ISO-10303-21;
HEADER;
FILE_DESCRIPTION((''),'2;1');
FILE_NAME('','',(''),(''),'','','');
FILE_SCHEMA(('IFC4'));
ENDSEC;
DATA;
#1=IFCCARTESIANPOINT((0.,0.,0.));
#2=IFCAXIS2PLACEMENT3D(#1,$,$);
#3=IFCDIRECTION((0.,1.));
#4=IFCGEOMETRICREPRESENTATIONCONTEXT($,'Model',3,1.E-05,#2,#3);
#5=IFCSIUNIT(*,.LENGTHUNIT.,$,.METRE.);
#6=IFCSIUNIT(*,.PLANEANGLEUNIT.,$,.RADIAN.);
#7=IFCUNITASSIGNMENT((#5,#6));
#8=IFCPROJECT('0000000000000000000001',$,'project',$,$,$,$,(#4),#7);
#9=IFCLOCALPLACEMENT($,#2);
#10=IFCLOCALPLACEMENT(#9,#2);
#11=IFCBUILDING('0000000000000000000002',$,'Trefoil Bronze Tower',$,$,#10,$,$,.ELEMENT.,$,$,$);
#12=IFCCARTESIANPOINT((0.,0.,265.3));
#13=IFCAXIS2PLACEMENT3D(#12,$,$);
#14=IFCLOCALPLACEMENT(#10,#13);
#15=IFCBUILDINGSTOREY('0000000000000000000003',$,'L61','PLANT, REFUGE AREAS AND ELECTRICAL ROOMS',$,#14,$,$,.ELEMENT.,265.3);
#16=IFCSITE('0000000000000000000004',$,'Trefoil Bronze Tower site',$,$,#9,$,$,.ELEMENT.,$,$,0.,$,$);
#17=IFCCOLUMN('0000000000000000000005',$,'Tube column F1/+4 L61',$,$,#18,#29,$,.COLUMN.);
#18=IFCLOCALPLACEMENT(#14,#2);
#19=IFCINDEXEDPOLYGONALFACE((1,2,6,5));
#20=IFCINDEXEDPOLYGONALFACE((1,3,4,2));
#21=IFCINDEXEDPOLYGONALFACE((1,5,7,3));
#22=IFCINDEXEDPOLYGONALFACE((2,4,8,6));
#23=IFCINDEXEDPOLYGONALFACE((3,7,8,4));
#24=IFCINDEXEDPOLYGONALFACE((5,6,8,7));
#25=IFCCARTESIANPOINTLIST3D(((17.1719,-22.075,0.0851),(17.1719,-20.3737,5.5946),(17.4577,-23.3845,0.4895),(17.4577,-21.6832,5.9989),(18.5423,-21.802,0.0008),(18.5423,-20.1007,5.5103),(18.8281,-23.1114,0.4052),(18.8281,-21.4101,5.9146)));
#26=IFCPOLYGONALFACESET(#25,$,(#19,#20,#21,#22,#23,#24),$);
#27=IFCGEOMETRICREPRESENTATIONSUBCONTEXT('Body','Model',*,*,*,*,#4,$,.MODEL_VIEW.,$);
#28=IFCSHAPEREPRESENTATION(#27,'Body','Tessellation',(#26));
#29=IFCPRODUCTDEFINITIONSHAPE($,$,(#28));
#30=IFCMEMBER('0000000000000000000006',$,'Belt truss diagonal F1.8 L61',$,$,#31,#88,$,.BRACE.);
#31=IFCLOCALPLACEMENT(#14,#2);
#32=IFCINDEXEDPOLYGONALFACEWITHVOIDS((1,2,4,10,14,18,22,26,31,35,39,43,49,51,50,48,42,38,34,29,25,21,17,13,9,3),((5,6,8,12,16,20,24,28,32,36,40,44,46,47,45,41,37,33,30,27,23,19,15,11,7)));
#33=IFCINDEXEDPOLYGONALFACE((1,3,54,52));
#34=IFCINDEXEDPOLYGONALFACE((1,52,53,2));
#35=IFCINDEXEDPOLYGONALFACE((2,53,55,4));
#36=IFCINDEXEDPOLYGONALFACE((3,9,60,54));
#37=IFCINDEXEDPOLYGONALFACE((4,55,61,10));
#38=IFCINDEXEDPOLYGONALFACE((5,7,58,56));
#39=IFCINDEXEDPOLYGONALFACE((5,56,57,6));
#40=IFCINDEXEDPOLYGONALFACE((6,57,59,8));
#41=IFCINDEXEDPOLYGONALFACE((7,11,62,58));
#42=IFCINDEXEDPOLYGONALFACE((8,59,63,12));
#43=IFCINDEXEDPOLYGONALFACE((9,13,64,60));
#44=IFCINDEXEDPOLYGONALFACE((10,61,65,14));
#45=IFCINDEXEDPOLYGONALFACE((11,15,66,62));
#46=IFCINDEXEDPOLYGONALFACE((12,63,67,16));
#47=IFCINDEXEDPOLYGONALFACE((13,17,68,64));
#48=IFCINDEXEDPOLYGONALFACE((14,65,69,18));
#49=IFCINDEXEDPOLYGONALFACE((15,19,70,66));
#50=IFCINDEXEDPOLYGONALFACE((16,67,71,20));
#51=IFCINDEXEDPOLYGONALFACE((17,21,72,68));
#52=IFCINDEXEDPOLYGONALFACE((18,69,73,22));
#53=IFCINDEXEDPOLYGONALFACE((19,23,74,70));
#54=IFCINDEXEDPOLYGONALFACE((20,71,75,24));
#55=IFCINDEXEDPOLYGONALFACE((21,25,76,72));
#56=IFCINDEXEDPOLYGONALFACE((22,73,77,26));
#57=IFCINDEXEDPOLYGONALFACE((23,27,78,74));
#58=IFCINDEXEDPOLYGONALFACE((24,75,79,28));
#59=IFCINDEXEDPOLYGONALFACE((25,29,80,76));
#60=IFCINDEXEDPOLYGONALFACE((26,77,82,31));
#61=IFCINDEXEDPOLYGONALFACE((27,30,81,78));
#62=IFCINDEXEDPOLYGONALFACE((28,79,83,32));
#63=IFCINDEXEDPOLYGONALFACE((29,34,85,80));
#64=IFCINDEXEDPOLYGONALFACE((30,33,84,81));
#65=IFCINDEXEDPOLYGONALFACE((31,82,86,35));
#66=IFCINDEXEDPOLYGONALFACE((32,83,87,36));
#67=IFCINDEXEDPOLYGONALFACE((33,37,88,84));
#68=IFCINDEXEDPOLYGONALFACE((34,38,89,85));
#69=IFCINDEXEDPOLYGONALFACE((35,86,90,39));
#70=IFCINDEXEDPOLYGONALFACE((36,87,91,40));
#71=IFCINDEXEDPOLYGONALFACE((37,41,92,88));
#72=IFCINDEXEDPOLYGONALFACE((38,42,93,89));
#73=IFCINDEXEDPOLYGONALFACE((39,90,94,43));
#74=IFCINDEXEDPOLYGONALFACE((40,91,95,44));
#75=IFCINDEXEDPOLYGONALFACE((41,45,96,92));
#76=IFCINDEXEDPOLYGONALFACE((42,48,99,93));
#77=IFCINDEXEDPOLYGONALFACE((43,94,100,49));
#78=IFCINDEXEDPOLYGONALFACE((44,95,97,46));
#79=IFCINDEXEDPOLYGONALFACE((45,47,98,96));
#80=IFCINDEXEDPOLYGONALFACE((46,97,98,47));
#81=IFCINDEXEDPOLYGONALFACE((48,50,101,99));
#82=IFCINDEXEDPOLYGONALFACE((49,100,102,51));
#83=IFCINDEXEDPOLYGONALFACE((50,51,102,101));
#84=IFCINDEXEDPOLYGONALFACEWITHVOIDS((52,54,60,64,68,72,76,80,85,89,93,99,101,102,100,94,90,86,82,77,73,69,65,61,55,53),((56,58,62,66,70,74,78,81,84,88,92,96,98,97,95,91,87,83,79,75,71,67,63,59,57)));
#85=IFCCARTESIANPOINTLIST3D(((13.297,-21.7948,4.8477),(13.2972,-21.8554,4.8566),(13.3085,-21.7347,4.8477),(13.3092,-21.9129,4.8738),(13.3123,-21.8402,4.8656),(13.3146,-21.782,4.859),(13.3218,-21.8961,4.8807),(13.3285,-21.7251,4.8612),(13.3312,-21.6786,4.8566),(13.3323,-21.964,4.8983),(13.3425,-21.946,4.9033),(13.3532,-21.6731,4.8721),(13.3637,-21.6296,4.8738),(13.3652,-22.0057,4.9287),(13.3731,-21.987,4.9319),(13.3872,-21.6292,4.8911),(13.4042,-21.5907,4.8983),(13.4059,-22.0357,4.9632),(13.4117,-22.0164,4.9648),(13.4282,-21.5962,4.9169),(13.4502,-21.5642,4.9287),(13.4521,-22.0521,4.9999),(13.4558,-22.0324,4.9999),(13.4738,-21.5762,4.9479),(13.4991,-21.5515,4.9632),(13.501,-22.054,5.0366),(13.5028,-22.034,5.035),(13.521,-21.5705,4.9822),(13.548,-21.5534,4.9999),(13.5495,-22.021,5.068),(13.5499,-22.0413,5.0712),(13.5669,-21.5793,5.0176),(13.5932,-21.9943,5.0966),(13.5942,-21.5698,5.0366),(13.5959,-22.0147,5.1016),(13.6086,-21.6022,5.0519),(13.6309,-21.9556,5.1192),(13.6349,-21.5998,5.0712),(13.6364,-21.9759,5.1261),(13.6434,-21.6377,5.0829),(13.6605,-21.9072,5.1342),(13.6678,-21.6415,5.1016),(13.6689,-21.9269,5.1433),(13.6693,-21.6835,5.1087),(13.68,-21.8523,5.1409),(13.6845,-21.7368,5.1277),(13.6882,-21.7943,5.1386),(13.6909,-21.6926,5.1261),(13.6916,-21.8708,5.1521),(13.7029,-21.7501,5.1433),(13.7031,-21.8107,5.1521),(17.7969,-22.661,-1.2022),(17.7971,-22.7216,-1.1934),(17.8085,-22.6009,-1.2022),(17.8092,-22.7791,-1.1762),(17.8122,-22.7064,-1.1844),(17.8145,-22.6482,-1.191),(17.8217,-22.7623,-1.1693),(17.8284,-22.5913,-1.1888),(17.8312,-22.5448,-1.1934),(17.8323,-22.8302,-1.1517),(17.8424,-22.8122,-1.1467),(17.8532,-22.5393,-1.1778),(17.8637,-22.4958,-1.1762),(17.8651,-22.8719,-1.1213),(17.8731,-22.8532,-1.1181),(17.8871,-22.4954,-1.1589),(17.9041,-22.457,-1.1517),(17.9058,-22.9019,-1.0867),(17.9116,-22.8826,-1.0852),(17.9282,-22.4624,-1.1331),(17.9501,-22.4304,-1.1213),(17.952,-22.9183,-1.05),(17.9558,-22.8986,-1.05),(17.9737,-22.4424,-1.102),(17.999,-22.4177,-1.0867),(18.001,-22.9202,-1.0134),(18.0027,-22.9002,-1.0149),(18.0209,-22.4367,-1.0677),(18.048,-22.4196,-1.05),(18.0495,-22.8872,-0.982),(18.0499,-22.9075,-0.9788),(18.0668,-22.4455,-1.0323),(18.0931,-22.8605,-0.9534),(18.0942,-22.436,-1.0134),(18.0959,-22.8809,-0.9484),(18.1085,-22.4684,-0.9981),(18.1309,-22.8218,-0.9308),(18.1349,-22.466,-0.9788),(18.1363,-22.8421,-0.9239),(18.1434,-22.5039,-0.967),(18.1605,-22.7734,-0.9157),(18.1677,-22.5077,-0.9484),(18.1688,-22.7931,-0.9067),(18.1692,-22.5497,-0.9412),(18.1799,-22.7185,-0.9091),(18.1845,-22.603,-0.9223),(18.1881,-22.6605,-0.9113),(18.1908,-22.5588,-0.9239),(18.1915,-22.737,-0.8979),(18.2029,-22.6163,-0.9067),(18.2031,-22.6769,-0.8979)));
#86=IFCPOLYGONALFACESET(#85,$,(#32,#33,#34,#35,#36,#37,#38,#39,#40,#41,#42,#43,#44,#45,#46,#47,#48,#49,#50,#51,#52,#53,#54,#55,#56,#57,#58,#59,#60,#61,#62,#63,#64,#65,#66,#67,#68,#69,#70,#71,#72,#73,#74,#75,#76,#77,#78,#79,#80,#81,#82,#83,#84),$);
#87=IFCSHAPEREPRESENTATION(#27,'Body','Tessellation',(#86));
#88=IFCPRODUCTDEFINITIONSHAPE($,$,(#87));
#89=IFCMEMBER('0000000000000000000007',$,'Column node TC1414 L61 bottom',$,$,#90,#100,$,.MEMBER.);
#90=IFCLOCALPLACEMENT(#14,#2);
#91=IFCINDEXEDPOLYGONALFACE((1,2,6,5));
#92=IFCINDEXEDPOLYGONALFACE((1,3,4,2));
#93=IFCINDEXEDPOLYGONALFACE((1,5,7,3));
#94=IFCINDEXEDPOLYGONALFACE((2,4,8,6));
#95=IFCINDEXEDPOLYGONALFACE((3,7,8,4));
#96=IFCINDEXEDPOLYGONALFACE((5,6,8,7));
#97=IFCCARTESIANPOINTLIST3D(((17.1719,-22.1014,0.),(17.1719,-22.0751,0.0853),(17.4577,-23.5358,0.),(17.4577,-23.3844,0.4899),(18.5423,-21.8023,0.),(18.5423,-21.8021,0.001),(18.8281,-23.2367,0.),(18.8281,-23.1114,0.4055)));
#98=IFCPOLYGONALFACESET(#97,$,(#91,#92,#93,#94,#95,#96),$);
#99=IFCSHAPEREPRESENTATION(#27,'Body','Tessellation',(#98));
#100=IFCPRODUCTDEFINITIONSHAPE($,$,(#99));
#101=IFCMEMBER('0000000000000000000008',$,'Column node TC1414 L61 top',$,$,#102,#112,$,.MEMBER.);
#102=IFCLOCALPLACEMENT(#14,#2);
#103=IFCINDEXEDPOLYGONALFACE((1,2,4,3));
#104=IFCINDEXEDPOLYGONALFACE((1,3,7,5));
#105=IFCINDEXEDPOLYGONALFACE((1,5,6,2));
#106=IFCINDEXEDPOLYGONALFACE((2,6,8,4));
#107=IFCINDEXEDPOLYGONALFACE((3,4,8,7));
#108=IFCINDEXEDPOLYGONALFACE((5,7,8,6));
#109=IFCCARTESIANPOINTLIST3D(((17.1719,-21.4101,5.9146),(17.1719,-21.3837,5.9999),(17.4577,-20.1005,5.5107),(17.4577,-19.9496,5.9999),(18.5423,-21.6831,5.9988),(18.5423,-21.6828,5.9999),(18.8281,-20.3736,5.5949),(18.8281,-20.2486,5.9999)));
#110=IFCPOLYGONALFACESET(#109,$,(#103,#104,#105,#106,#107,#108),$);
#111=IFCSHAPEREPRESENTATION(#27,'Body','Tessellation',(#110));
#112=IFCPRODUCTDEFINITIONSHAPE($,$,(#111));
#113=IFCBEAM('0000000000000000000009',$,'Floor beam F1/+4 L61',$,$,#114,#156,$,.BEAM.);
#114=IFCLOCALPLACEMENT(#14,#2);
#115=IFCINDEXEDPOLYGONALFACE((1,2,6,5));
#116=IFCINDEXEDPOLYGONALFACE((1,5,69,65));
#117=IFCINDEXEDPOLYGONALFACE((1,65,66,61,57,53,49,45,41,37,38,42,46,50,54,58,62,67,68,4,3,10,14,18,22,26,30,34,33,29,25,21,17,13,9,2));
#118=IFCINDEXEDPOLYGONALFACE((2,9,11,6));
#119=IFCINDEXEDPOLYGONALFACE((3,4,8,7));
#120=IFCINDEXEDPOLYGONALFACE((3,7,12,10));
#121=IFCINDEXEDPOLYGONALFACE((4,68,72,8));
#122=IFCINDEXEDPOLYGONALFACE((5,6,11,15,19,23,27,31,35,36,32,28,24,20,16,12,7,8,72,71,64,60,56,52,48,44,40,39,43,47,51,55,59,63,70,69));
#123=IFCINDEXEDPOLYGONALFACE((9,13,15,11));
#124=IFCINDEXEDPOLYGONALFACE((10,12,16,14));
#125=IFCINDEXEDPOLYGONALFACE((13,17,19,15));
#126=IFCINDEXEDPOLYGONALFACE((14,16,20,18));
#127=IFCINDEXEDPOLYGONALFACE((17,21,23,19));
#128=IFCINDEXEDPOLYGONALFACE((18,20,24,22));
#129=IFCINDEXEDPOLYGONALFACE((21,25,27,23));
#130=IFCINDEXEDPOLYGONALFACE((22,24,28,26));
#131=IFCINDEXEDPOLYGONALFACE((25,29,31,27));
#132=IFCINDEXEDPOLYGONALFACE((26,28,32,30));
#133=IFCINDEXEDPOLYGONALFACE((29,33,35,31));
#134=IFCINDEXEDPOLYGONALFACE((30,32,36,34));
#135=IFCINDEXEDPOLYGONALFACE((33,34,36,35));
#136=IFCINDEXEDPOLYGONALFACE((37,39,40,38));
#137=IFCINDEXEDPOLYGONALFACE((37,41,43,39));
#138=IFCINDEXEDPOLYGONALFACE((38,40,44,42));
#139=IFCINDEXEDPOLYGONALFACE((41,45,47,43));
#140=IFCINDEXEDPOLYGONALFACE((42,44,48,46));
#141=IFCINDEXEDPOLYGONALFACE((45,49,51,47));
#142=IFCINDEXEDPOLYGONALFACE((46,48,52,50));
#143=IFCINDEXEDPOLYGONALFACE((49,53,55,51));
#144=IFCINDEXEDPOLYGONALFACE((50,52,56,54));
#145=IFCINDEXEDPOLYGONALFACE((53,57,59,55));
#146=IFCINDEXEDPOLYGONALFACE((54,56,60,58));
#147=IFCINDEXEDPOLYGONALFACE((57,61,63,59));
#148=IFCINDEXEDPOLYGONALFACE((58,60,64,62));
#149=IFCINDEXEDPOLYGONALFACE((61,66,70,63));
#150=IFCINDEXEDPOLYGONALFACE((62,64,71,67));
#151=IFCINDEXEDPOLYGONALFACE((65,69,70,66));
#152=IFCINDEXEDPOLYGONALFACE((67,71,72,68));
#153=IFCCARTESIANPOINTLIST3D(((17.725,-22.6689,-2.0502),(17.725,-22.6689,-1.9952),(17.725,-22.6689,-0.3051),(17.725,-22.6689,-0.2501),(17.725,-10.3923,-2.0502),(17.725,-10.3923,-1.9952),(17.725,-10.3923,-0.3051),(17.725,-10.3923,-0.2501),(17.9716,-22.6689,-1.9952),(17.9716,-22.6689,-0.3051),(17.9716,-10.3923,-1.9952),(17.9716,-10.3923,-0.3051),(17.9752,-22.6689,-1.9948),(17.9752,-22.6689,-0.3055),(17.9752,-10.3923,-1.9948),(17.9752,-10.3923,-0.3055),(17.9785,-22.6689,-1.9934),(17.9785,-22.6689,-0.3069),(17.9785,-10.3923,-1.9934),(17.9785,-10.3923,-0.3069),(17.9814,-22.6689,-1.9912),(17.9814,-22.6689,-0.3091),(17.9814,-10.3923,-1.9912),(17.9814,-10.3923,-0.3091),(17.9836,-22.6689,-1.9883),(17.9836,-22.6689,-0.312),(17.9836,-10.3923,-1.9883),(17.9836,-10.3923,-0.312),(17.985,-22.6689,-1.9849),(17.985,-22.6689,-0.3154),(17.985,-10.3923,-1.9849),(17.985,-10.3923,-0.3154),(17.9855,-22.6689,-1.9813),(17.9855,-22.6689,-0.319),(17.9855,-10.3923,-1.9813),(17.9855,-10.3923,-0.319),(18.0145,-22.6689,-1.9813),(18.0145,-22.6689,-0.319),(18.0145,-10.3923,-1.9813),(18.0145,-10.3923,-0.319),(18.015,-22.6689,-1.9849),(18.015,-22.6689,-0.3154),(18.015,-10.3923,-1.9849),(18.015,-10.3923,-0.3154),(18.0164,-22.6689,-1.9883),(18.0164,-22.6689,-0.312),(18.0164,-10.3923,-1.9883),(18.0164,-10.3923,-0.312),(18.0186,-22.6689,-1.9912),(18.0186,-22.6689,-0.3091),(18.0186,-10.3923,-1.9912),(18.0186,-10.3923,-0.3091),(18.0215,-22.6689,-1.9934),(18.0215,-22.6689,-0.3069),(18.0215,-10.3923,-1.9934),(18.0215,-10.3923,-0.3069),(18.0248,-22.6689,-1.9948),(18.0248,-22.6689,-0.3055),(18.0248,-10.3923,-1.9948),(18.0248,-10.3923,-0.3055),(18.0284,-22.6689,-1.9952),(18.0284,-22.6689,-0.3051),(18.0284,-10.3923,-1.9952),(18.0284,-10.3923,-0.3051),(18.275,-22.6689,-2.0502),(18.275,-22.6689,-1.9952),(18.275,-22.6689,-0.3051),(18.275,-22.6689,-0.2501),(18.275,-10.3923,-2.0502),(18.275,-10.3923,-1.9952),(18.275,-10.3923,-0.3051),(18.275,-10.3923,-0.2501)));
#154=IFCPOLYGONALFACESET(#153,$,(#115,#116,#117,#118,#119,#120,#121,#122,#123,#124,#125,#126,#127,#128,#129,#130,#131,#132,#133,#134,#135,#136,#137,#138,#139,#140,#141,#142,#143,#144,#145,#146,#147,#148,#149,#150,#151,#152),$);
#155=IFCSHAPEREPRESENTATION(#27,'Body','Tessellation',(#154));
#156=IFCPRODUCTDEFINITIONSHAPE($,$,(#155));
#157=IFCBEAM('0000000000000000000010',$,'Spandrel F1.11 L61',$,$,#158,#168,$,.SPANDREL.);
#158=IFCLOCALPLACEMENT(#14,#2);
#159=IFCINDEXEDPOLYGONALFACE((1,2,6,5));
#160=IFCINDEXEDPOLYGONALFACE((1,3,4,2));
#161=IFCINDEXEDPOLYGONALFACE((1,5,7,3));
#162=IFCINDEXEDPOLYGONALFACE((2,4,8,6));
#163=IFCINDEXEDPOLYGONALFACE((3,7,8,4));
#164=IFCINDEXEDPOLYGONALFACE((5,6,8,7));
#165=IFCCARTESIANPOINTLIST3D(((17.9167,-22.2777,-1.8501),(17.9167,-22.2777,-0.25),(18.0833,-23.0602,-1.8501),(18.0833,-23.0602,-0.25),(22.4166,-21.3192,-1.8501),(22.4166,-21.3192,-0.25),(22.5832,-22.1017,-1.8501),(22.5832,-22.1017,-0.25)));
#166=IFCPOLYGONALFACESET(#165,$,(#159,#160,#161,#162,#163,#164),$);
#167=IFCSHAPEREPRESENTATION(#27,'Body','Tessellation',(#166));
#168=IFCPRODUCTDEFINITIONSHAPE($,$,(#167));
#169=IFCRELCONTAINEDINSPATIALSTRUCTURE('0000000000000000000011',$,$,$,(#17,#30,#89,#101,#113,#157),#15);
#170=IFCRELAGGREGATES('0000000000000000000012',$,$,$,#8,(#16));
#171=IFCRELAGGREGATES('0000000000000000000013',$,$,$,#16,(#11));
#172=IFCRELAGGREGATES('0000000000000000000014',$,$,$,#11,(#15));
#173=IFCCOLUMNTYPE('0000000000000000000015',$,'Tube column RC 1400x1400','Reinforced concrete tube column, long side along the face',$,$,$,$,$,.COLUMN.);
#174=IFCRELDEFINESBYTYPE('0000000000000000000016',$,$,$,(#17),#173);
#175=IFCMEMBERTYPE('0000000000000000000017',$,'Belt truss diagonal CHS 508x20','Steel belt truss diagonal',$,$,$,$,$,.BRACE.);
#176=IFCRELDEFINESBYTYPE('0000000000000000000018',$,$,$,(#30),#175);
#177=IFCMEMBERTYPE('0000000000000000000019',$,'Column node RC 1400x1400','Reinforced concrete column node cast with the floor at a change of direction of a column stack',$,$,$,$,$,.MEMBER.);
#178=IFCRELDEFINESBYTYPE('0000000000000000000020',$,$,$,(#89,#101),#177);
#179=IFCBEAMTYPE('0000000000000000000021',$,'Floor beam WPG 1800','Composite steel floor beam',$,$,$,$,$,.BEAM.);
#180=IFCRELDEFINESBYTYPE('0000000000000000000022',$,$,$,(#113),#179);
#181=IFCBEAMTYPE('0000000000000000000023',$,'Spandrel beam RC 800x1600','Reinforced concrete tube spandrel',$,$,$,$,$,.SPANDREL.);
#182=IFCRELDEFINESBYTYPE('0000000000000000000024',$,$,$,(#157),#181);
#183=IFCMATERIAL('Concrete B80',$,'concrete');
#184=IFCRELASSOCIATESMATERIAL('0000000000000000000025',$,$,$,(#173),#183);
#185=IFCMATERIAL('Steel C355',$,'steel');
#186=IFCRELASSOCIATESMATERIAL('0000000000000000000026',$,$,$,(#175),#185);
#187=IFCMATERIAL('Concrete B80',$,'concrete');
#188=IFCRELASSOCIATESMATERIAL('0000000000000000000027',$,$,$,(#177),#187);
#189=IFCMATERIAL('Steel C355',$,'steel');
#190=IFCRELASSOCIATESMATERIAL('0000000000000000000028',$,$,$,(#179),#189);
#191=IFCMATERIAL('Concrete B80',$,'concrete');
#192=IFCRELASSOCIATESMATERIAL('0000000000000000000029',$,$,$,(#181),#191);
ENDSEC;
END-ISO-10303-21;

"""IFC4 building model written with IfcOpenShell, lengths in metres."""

from ifc_helpers import new_model, si_unit, direction, frame, origin, origin_2d, place, context, subcontext, project, spatial, rectangle, hollow_circle, i_section, extrude, clip, halfspace, material, material_profile, profile_set, type_object, element, save


model = new_model("IFC4")

# Units and contexts
model_context = context("Model", 3, precision=1e-05, world=origin(), true_north=direction((0.0, 1.0)))
body_context = subcontext(model_context, "Body", "Model", "MODEL_VIEW")
ifc_project = project(units=[si_unit("LENGTHUNIT", "METRE"), si_unit("PLANEANGLEUNIT", "RADIAN")], contexts=[model_context])

# Site, building, storey
site_placement = place(None, origin())
site = spatial("IfcSite", under=ifc_project, at=site_placement, Name="Trefoil Bronze Tower site", CompositionType="ELEMENT", RefElevation=0.0)
building_placement = place(site_placement, origin())
building = spatial("IfcBuilding", under=site, at=building_placement, Name="Trefoil Bronze Tower", CompositionType="ELEMENT")
storey_placement = place(building_placement, frame((0.0, 0.0, 265.3)))
storey = spatial("IfcBuildingStorey", under=building, at=storey_placement, Name="L61", Description="PLANT, REFUGE AREAS AND ELECTRICAL ROOMS", CompositionType="ELEMENT", Elevation=265.3)

# Column
ifc_material_1 = material(Name="Concrete B80", Category="concrete")
ifc_material_profile_1 = material_profile(ifc_material_1, rectangle(XDim=1.3999, YDim=1.3999, at=origin_2d()), Name="RC 1400x1400")
ifc_profile_set_1 = profile_set([ifc_material_profile_1], Name="Concrete B80")
column_type = type_object("IfcColumnType", Name="Tube column RC 1400x1400", Description="Reinforced concrete tube column, long side along the face", PredefinedType="COLUMN", material=ifc_profile_set_1)
column_placement = place(storey_placement, frame((18.0, -22.6689, 0.0), z_axis=(0.0, 0.29505, 0.955482), x_axis=(0.978946, 0.195031, -0.060225)))
element("IfcColumn", 1, at=column_placement, inside=storey, type_object=column_type, Name="Tube column F1/+4 L61", PredefinedType="COLUMN", context=body_context, shape_type="Clipping", body=[
    clip(clip(extrude(rectangle(XDim=1.3999, YDim=1.3999, at=origin_2d()), origin(), (0.0, 0.0, 1.0), 6.2795), halfspace(frame((0.0, 0.0, 0.2566), z_axis=(0.000002, 0.000008, 1.0), x_axis=(0.0, 1.0, -0.000008)), True)), halfspace(frame((0.0, 0.0, 6.0227), z_axis=(-0.000002, -0.000008, -1.0), x_axis=(0.0, -1.0, 0.000008)), True)),
])

# Members
ifc_material_2 = material(Name="Steel C355", Category="steel")
ifc_material_profile_2 = material_profile(ifc_material_2, hollow_circle(Radius=0.2539, WallThickness=0.02, at=origin_2d()), Name="CHS 508x20")
ifc_profile_set_2 = profile_set([ifc_material_profile_2], Name="Steel C355")
member_type_1 = type_object("IfcMemberType", Name="Belt truss diagonal CHS 508x20", Description="Steel belt truss diagonal", PredefinedType="BRACE", material=ifc_profile_set_2)
member_1_placement = place(storey_placement, frame((18.0, -22.6689, -1.05), z_axis=(-0.592909, 0.11413, 0.79714), x_axis=(-0.189021, -0.981973, 0.0)))
element("IfcMember", 2, at=member_1_placement, inside=storey, type_object=member_type_1, Name="Belt truss diagonal F1.8 L61", PredefinedType="BRACE", context=body_context, shape_type="SweptSolid", body=[
    extrude(hollow_circle(Radius=0.2539, WallThickness=0.02, at=origin_2d()), origin(), (0.0, 0.0, 1.0), 7.5896),
])
ifc_material_3 = material(Name="Concrete B80", Category="concrete")
ifc_material_profile_3 = material_profile(ifc_material_3, rectangle(XDim=1.3999, YDim=1.3999, at=origin_2d()), Name="RC 1400x1400")
ifc_profile_set_3 = profile_set([ifc_material_profile_3], Name="Concrete B80")
member_type_2 = type_object("IfcMemberType", Name="Column node RC 1400x1400", Description="Reinforced concrete column node cast with the floor at a change of direction of a column stack", PredefinedType="MEMBER", material=ifc_profile_set_3)
member_2_placement = place(storey_placement, frame((18.0, -22.7449, -0.2454), z_axis=(0.0, 0.295188, 0.955439), x_axis=(0.978946, 0.195022, -0.060253)))
element("IfcMember", 3, at=member_2_placement, inside=storey, type_object=member_type_2, Name="Column node TC1414 L61 bottom", PredefinedType="MEMBER", context=body_context, shape_type="Clipping", body=[
    clip(extrude(rectangle(XDim=1.3999, YDim=1.3999, at=origin_2d()), origin(), (0.0, 0.0, 1.0), 0.5137), halfspace(frame((0.0, 0.0, 0.2568), z_axis=(-0.060253, -0.288973, 0.955439), x_axis=(0.0, 0.957178, 0.289499)), True)),
])
member_3_placement = place(storey_placement, frame((18.0, -20.7405, 6.2454), z_axis=(0.0, -0.294754, -0.955573), x_axis=(-0.978946, 0.19505, -0.060165)))
element("IfcMember", 4, at=member_3_placement, inside=storey, type_object=member_type_2, Name="Column node TC1414 L61 top", PredefinedType="MEMBER", context=body_context, shape_type="Clipping", body=[
    clip(extrude(rectangle(XDim=1.3999, YDim=1.3999, at=origin_2d()), origin(), (0.0, 0.0, 1.0), 0.5134), halfspace(frame((0.0, 0.0, 0.2568), z_axis=(0.060165, 0.288548, 0.955573), x_axis=(0.0, 0.957307, -0.289072)), True)),
])

# Beams
ifc_material_4 = material(Name="Steel C355", Category="steel")
ifc_material_profile_4 = material_profile(ifc_material_4, i_section(OverallWidth=0.55, OverallDepth=1.8, WebThickness=0.0291, FlangeThickness=0.0549, FilletRadius=0.0139, at=origin_2d()), Name="WPG 1800")
ifc_profile_set_4 = profile_set([ifc_material_profile_4], Name="Steel C355")
beam_type_1 = type_object("IfcBeamType", Name="Floor beam WPG 1800", Description="Composite steel floor beam", PredefinedType="BEAM", material=ifc_profile_set_4)
beam_1_placement = place(storey_placement, frame((18.0, -22.6689, -1.1501), z_axis=(0.0, 1.0, 0.0), x_axis=(-1.0, 0.0, 0.0)))
element("IfcBeam", 5, at=beam_1_placement, inside=storey, type_object=beam_type_1, Name="Floor beam F1/+4 L61", PredefinedType="BEAM", context=body_context, shape_type="SweptSolid", body=[
    extrude(i_section(OverallWidth=0.55, OverallDepth=1.8, WebThickness=0.0291, FlangeThickness=0.0549, FilletRadius=0.0139, at=origin_2d()), origin(), (0.0, 0.0, 1.0), 12.2766),
])
ifc_material_5 = material(Name="Concrete B80", Category="concrete")
ifc_material_profile_5 = material_profile(ifc_material_5, rectangle(XDim=0.8, YDim=1.6001, at=origin_2d()), Name="RC 800x1600")
ifc_profile_set_5 = profile_set([ifc_material_profile_5], Name="Concrete B80")
beam_type_2 = type_object("IfcBeamType", Name="Spandrel beam RC 800x1600", Description="Reinforced concrete tube spandrel", PredefinedType="SPANDREL", material=ifc_profile_set_5)
beam_2_placement = place(storey_placement, frame((18.0, -22.6689, -1.05), z_axis=(0.978059, 0.208326, 0.0), x_axis=(-0.208326, 0.978059, 0.0)))
element("IfcBeam", 6, at=beam_2_placement, inside=storey, type_object=beam_type_2, Name="Spandrel F1.11 L61", PredefinedType="SPANDREL", context=body_context, shape_type="SweptSolid", body=[
    extrude(rectangle(XDim=0.8, YDim=1.6001, at=origin_2d()), origin(), (0.0, 0.0, 1.0), 4.6008),
])

save(model, "model.ifc")
